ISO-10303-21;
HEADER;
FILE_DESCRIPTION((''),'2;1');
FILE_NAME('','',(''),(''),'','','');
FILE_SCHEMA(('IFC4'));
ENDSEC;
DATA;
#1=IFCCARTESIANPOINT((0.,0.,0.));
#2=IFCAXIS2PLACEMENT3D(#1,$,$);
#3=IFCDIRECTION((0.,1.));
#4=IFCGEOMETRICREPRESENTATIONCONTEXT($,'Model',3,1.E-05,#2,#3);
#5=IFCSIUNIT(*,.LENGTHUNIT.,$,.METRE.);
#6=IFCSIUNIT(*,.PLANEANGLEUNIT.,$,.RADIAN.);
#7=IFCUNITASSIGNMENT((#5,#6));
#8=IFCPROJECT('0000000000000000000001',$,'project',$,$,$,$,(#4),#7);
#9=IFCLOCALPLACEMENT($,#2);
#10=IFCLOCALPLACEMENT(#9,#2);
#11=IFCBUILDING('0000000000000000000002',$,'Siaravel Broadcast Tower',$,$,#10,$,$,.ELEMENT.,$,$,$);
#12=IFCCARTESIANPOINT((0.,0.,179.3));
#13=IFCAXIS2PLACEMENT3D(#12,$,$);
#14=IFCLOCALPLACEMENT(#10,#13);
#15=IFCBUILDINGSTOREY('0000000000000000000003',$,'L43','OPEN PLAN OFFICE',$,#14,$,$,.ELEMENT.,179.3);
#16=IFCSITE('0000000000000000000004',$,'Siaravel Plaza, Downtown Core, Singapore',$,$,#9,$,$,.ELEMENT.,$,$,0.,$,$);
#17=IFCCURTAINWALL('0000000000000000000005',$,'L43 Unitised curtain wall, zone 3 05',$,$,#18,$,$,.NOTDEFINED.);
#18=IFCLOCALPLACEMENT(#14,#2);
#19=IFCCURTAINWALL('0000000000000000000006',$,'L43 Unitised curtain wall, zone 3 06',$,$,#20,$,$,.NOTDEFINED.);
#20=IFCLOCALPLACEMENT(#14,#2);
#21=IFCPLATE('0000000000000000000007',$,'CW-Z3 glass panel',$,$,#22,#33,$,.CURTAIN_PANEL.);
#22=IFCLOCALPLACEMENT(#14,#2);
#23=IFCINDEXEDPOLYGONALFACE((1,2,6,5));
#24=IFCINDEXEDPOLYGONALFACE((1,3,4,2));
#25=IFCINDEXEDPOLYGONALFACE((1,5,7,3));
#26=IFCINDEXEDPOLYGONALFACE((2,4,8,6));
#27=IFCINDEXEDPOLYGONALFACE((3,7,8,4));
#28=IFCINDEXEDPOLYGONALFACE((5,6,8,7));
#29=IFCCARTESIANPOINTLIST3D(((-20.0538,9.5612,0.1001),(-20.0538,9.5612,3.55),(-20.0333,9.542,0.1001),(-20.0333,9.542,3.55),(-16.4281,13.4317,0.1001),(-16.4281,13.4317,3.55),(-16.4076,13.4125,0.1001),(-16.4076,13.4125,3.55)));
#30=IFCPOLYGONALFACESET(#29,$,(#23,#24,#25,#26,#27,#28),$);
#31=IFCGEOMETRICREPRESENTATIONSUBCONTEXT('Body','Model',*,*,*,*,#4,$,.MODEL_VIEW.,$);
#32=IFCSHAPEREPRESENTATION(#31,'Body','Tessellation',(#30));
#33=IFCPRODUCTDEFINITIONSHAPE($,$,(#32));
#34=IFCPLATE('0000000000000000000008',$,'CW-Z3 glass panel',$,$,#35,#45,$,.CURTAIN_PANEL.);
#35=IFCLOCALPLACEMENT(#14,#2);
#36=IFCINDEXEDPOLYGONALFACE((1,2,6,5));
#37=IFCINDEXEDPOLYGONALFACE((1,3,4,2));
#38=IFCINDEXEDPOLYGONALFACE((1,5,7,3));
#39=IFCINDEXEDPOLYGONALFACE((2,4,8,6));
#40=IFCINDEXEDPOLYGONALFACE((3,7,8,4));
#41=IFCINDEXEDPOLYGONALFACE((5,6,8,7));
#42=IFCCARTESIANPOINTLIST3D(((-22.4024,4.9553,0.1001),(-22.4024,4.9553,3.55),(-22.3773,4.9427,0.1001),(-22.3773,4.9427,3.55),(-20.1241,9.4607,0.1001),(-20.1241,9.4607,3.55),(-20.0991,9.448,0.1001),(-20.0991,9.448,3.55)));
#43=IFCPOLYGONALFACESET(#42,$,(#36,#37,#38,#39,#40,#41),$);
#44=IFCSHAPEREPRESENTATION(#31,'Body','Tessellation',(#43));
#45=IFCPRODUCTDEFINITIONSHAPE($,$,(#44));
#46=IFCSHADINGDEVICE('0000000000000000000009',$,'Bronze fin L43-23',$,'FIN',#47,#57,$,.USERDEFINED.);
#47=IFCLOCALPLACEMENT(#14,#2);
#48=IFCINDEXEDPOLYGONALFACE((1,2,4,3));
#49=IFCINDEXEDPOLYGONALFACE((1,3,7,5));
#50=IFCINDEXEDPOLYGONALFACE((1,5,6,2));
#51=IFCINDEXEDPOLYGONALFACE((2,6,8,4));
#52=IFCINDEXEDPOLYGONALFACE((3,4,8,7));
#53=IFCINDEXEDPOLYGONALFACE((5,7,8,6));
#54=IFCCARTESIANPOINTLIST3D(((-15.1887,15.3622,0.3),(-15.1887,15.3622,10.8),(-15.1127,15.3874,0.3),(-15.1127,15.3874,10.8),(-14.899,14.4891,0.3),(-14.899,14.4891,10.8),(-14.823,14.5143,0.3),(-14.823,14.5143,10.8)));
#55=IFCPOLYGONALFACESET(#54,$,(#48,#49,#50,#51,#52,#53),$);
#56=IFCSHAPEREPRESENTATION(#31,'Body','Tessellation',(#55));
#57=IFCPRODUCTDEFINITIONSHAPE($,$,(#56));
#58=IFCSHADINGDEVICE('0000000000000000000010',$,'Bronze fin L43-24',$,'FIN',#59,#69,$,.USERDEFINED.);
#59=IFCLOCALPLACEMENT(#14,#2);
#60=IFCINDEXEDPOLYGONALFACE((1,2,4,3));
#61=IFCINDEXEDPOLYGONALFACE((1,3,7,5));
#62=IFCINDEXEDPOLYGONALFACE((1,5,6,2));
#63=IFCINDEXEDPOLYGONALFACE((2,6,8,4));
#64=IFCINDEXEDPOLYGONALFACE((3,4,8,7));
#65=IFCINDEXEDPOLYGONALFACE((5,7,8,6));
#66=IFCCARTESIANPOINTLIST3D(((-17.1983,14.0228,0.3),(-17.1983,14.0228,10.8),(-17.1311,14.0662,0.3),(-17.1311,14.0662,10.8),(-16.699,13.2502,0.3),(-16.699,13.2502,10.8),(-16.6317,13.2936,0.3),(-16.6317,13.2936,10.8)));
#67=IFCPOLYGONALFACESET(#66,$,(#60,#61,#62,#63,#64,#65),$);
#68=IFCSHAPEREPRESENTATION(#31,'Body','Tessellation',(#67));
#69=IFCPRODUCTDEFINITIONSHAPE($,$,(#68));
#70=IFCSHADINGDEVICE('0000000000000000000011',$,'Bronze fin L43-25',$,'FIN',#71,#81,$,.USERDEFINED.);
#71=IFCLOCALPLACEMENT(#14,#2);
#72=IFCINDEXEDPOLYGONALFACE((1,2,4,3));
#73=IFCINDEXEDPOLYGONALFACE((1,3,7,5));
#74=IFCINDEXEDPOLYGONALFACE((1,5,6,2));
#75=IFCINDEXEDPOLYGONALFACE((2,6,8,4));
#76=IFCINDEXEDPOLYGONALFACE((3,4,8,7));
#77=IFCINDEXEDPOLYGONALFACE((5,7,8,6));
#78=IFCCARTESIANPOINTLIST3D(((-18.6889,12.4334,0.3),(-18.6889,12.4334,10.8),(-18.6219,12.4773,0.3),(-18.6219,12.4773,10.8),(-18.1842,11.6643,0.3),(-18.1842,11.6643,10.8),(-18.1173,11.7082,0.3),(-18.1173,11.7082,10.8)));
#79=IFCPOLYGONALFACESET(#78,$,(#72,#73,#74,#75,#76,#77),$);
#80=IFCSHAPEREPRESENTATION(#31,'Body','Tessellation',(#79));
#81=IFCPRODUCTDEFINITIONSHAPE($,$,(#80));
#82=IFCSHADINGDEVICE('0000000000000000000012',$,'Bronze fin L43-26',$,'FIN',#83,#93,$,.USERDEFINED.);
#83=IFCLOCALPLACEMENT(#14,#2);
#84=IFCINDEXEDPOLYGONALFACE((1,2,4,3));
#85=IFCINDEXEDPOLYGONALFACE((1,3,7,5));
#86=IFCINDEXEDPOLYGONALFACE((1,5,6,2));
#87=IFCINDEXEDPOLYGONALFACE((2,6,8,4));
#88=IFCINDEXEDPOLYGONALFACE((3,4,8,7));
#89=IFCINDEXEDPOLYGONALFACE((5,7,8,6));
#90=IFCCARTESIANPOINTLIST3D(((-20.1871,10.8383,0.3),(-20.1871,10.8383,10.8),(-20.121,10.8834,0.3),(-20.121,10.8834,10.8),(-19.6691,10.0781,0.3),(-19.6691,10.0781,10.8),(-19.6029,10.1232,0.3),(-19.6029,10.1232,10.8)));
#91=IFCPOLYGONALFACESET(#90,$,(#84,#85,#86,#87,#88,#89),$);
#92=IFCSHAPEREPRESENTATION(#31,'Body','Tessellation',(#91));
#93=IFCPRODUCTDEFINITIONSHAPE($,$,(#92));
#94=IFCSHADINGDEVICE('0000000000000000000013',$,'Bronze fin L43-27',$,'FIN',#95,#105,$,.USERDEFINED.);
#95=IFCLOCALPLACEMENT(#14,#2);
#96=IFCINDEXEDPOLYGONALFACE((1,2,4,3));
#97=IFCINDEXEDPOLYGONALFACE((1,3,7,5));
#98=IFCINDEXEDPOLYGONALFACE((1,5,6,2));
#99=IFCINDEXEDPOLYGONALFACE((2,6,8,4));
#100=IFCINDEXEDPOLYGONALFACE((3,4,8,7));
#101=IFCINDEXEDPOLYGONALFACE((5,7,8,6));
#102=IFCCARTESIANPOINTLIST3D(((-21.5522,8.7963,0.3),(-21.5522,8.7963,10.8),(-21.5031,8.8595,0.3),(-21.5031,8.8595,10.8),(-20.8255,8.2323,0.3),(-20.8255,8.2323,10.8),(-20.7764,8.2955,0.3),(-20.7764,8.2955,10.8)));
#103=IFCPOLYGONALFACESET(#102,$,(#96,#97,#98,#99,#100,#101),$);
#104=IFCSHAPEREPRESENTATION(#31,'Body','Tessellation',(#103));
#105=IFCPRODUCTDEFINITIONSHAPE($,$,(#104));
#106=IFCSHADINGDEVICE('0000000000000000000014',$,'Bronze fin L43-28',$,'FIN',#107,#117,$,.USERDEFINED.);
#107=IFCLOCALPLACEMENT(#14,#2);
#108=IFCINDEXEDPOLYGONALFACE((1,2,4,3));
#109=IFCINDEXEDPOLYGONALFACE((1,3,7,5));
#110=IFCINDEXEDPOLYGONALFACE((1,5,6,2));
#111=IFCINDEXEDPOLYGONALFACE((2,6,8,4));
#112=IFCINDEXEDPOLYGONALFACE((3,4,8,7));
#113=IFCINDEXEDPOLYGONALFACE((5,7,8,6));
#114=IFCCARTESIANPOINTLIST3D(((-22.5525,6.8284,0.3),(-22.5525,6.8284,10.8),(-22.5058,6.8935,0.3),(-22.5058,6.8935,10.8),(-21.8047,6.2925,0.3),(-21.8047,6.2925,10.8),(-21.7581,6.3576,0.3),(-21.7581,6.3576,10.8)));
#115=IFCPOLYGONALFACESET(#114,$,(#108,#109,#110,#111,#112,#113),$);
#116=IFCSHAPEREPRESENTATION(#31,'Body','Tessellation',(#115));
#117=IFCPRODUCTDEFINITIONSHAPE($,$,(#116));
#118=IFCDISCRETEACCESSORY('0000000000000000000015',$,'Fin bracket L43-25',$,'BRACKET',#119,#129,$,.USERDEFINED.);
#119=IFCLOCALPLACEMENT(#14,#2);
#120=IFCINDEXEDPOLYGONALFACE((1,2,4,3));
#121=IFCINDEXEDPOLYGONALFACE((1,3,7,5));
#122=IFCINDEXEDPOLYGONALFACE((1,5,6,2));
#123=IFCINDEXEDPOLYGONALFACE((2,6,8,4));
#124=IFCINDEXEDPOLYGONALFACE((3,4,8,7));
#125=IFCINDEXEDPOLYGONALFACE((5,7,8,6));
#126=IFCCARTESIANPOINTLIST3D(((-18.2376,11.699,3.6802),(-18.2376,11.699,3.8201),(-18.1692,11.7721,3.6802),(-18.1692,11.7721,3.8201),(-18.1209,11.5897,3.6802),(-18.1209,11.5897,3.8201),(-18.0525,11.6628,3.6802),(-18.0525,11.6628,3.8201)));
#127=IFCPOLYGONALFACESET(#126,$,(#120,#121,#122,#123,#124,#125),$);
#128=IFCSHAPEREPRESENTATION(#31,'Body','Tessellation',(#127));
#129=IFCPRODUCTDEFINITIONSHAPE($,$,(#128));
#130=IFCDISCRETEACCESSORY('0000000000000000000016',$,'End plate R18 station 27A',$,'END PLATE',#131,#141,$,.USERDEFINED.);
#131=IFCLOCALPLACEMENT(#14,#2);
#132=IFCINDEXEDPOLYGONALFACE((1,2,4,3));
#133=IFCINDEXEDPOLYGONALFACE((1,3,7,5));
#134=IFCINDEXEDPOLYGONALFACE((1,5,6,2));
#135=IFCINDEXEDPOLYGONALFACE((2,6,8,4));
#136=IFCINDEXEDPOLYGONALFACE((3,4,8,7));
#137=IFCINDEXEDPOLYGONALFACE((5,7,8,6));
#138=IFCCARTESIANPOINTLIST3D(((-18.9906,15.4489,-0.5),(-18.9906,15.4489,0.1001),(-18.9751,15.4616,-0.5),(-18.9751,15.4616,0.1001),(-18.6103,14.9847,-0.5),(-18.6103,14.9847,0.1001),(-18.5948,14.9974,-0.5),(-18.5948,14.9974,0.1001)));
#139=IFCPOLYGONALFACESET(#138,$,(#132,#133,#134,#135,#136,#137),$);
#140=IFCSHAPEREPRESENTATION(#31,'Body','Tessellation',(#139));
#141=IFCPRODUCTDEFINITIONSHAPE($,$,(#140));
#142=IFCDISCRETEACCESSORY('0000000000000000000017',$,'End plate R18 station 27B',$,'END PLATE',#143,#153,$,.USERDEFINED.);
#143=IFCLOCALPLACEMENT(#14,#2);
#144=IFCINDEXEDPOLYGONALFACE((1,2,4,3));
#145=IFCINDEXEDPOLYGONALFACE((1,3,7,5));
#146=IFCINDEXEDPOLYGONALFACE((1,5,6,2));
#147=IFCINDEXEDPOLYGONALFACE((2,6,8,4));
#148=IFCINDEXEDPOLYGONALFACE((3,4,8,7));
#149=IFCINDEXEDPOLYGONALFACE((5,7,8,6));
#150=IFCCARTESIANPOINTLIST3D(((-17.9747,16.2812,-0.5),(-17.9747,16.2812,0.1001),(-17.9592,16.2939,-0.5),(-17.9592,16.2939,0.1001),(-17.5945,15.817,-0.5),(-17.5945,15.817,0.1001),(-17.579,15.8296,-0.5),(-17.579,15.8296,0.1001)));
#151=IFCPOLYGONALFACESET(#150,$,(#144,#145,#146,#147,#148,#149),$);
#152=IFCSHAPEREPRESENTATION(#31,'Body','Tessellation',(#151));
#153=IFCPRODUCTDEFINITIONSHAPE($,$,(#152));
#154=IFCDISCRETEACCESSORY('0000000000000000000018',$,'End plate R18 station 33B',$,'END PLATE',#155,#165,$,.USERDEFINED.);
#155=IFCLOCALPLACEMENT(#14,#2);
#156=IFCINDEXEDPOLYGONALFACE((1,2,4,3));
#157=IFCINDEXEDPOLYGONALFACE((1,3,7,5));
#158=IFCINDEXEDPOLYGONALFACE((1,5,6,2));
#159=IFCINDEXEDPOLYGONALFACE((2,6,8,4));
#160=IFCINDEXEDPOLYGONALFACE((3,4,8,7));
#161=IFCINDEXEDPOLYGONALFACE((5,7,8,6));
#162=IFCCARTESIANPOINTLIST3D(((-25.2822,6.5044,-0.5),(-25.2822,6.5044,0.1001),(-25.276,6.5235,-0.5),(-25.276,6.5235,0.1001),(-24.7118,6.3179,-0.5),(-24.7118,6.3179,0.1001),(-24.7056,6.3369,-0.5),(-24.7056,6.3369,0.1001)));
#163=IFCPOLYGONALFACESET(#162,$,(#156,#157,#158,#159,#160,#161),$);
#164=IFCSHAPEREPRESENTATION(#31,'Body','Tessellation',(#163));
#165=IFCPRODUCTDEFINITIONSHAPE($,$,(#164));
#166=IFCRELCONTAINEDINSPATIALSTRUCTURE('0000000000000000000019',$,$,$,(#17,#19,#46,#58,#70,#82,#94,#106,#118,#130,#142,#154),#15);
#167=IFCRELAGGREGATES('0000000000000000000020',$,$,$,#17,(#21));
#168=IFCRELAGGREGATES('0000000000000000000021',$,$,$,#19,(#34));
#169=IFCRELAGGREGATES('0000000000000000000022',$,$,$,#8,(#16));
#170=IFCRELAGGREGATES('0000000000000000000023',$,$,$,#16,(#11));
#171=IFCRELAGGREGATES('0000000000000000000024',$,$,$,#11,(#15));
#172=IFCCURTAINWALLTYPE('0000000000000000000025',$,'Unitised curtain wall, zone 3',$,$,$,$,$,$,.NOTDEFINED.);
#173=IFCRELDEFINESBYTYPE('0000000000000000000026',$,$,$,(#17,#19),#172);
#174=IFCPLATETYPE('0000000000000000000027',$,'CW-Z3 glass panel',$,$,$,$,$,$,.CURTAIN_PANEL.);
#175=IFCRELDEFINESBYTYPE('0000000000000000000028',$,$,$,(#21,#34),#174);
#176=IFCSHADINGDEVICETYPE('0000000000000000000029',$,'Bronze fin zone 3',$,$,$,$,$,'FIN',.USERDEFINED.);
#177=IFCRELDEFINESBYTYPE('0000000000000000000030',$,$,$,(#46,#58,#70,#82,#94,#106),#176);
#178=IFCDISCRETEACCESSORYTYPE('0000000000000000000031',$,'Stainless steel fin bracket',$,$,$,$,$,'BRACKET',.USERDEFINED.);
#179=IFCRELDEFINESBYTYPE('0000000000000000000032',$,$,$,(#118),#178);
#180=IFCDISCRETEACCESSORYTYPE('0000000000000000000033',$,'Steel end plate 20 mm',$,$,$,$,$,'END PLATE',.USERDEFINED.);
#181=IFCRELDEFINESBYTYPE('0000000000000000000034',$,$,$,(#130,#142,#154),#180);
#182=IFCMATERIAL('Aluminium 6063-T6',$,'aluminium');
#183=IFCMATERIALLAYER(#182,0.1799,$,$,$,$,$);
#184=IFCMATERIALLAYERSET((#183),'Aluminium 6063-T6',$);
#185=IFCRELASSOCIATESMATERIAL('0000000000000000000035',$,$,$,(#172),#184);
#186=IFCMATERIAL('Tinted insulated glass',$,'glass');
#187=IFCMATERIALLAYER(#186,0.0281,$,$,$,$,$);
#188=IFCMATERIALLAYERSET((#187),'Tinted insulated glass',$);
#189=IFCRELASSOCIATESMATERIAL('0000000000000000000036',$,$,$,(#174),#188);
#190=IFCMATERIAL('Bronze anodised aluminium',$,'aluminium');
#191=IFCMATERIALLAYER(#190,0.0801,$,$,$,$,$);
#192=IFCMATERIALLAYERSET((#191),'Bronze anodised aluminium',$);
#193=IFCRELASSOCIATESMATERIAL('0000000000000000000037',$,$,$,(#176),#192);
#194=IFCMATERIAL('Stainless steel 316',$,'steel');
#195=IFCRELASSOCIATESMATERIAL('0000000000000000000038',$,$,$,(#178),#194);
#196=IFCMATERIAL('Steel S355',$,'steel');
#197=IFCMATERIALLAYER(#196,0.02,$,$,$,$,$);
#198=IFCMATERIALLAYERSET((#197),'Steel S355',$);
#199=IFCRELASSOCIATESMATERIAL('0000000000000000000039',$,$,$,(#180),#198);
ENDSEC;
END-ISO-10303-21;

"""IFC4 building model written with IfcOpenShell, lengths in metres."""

from ifc_helpers import new_model, si_unit, direction, frame, origin, origin_2d, place, context, subcontext, project, spatial, rectangle, extrude, material, layer, layer_set, type_object, element, aggregate, save


model = new_model("IFC4")

# Units and contexts
model_context = context("Model", 3, precision=1e-05, world=origin(), true_north=direction((0.0, 1.0)))
body_context = subcontext(model_context, "Body", "Model", "MODEL_VIEW")
ifc_project = project(units=[si_unit("LENGTHUNIT", "METRE"), si_unit("PLANEANGLEUNIT", "RADIAN")], contexts=[model_context])

# Site, building, storey
site_placement = place(None, origin())
site = spatial("IfcSite", under=ifc_project, at=site_placement, Name="Siaravel Plaza, Downtown Core, Singapore", CompositionType="ELEMENT", RefElevation=0.0)
building_placement = place(site_placement, origin())
building = spatial("IfcBuilding", under=site, at=building_placement, Name="Siaravel Broadcast Tower", CompositionType="ELEMENT")
storey_placement = place(building_placement, frame((0.0, 0.0, 179.3)))
storey = spatial("IfcBuildingStorey", under=building, at=storey_placement, Name="L43", Description="OPEN PLAN OFFICE", CompositionType="ELEMENT", Elevation=179.3)

# Shared definitions
ifc_material_1 = material(Name="Steel S355", Category="steel")

# Curtain wall
ifc_material_2 = material(Name="Aluminium 6063-T6", Category="aluminium")
ifc_layer_1 = layer(ifc_material_2, 0.1799)
ifc_layer_set_1 = layer_set([ifc_layer_1], Name="Aluminium 6063-T6")
curtain_wall_type = type_object("IfcCurtainWallType", Name="Unitised curtain wall, zone 3", PredefinedType="NOTDEFINED", material=ifc_layer_set_1)
curtain_wall_1_placement = place(storey_placement, origin())
curtain_wall_1 = element("IfcCurtainWall", 1, at=curtain_wall_1_placement, inside=storey, type_object=curtain_wall_type, Name="L43 Unitised curtain wall, zone 3 05", PredefinedType="NOTDEFINED")

# Curtain wall
curtain_wall_2_placement = place(storey_placement, origin())
curtain_wall_2 = element("IfcCurtainWall", 2, at=curtain_wall_2_placement, inside=storey, type_object=curtain_wall_type, Name="L43 Unitised curtain wall, zone 3 06", PredefinedType="NOTDEFINED")

# Plates
ifc_material_3 = material(Name="Tinted insulated glass", Category="glass")
ifc_layer_2 = layer(ifc_material_3, 0.0281)
ifc_layer_set_2 = layer_set([ifc_layer_2], Name="Tinted insulated glass")
plate_type = type_object("IfcPlateType", Name="CW-Z3 glass panel", PredefinedType="CURTAIN_PANEL", material=ifc_layer_set_2)
plate_1_placement = place(storey_placement, frame((-18.2307, 11.4868, 0.1001), z_axis=(0.0, 0.0, 1.0), x_axis=(-0.683655, -0.729805, 0.0)))
plate_1 = element("IfcPlate", 3, at=plate_1_placement, type_object=plate_type, Name="CW-Z3 glass panel", PredefinedType="CURTAIN_PANEL", context=body_context, shape_type="SweptSolid", body=[
    extrude(rectangle(XDim=5.3035, YDim=0.0281, at=origin_2d()), origin(), (0.0, 0.0, 1.0), 3.45),
])
aggregate(curtain_wall_1, [plate_1])
plate_2_placement = place(storey_placement, frame((-21.2507, 7.2017, 0.1001), z_axis=(0.0, 0.0, 1.0), x_axis=(-0.451261, -0.892392, 0.0)))
plate_2 = element("IfcPlate", 4, at=plate_2_placement, type_object=plate_type, Name="CW-Z3 glass panel", PredefinedType="CURTAIN_PANEL", context=body_context, shape_type="SweptSolid", body=[
    extrude(rectangle(XDim=5.0486, YDim=0.0281, at=origin_2d()), origin(), (0.0, 0.0, 1.0), 3.45),
])
aggregate(curtain_wall_2, [plate_2])

# Shading devices
ifc_material_4 = material(Name="Bronze anodised aluminium", Category="aluminium")
ifc_layer_3 = layer(ifc_material_4, 0.0801)
ifc_layer_set_3 = layer_set([ifc_layer_3], Name="Bronze anodised aluminium")
shading_device_type = type_object("IfcShadingDeviceType", Name="Bronze fin zone 3", ElementType="FIN", PredefinedType="USERDEFINED", material=ifc_layer_set_3)
for number, where, z_axis, x_axis, name in (
    (5, (-15.0059, 14.9382, 0.3), (0.0, 0.0, 1.0), (-0.31496, 0.949105, 0.0), "Bronze fin L43-23"),
    (6, (-16.915, 13.6582, 0.3), (0.0, 0.0, 1.0), (-0.54282, 0.839849, 0.0), "Bronze fin L43-24"),
    (7, (-18.4031, 12.0708, 0.3), (0.0, 0.0, 1.0), (-0.548598, 0.836086, 0.0), "Bronze fin L43-25"),
    (8, (-19.895, 10.4807, 0.3), (0.0, 0.0, 1.0), (-0.563132, 0.826367, 0.0), "Bronze fin L43-26"),
    (9, (-21.1643, 8.5459, 0.3), (0.0, 0.0, 1.0), (-0.79002, 0.613081, 0.0), "Bronze fin L43-27"),
    (10, (-22.1553, 6.593, 0.3), (0.0, 0.0, 1.0), (-0.812832, 0.582498, 0.0), "Bronze fin L43-28"),
):
    element("IfcShadingDevice", number, at=place(storey_placement, frame(where, z_axis=z_axis, x_axis=x_axis)), inside=storey, type_object=shading_device_type, Name=name, ObjectType="FIN", PredefinedType="USERDEFINED", context=body_context, shape_type="SweptSolid", body=[
        extrude(rectangle(XDim=0.9199, YDim=0.0801, at=origin_2d()), origin(), (0.0, 0.0, 1.0), 10.5),
    ])

# Discrete accessories
ifc_material_5 = material(Name="Stainless steel 316", Category="steel")
discrete_accessory_type_1 = type_object("IfcDiscreteAccessoryType", Name="Stainless steel fin bracket", ElementType="BRACKET", PredefinedType="USERDEFINED", material=ifc_material_5)
discrete_accessory_placement = place(storey_placement, frame((-18.145, 11.6809, 3.6802), z_axis=(0.0, 0.0, 1.0), x_axis=(-0.729806, 0.683655, 0.0)))
element("IfcDiscreteAccessory", 11, at=discrete_accessory_placement, inside=storey, type_object=discrete_accessory_type_1, Name="Fin bracket L43-25", ObjectType="BRACKET", PredefinedType="USERDEFINED", context=body_context, shape_type="SweptSolid", body=[
    extrude(rectangle(XDim=0.1599, YDim=0.1001, at=origin_2d()), origin(), (0.0, 0.0, 1.0), 0.1399),
])
ifc_layer_4 = layer(ifc_material_1, 0.02)
ifc_layer_set_4 = layer_set([ifc_layer_4], Name="Steel S355")
discrete_accessory_type_2 = type_object("IfcDiscreteAccessoryType", Name="Steel end plate 20 mm", ElementType="END PLATE", PredefinedType="USERDEFINED", material=ifc_layer_set_4)
for number, where, z_axis, x_axis, name in (
    (12, (-18.7927, 15.2231, -0.5), (0.0, 0.0, 1.0), (-0.773605, -0.633669, 0.0), "End plate R18 station 27A"),
    (13, (-17.7769, 16.0554, -0.5), (0.0, 0.0, 1.0), (-0.773605, -0.633669, 0.0), "End plate R18 station 27B"),
    (14, (-24.9939, 6.4207, -0.5), (0.0, 0.0, 1.0), (-0.31091, -0.950439, 0.0), "End plate R18 station 33B"),
):
    element("IfcDiscreteAccessory", number, at=place(storey_placement, frame(where, z_axis=z_axis, x_axis=x_axis)), inside=storey, type_object=discrete_accessory_type_2, Name=name, ObjectType="END PLATE", PredefinedType="USERDEFINED", context=body_context, shape_type="SweptSolid", body=[
        extrude(rectangle(XDim=0.02, YDim=0.6001, at=origin_2d()), origin(), (0.0, 0.0, 1.0), 0.6001),
    ])

save(model, "model.ifc")
